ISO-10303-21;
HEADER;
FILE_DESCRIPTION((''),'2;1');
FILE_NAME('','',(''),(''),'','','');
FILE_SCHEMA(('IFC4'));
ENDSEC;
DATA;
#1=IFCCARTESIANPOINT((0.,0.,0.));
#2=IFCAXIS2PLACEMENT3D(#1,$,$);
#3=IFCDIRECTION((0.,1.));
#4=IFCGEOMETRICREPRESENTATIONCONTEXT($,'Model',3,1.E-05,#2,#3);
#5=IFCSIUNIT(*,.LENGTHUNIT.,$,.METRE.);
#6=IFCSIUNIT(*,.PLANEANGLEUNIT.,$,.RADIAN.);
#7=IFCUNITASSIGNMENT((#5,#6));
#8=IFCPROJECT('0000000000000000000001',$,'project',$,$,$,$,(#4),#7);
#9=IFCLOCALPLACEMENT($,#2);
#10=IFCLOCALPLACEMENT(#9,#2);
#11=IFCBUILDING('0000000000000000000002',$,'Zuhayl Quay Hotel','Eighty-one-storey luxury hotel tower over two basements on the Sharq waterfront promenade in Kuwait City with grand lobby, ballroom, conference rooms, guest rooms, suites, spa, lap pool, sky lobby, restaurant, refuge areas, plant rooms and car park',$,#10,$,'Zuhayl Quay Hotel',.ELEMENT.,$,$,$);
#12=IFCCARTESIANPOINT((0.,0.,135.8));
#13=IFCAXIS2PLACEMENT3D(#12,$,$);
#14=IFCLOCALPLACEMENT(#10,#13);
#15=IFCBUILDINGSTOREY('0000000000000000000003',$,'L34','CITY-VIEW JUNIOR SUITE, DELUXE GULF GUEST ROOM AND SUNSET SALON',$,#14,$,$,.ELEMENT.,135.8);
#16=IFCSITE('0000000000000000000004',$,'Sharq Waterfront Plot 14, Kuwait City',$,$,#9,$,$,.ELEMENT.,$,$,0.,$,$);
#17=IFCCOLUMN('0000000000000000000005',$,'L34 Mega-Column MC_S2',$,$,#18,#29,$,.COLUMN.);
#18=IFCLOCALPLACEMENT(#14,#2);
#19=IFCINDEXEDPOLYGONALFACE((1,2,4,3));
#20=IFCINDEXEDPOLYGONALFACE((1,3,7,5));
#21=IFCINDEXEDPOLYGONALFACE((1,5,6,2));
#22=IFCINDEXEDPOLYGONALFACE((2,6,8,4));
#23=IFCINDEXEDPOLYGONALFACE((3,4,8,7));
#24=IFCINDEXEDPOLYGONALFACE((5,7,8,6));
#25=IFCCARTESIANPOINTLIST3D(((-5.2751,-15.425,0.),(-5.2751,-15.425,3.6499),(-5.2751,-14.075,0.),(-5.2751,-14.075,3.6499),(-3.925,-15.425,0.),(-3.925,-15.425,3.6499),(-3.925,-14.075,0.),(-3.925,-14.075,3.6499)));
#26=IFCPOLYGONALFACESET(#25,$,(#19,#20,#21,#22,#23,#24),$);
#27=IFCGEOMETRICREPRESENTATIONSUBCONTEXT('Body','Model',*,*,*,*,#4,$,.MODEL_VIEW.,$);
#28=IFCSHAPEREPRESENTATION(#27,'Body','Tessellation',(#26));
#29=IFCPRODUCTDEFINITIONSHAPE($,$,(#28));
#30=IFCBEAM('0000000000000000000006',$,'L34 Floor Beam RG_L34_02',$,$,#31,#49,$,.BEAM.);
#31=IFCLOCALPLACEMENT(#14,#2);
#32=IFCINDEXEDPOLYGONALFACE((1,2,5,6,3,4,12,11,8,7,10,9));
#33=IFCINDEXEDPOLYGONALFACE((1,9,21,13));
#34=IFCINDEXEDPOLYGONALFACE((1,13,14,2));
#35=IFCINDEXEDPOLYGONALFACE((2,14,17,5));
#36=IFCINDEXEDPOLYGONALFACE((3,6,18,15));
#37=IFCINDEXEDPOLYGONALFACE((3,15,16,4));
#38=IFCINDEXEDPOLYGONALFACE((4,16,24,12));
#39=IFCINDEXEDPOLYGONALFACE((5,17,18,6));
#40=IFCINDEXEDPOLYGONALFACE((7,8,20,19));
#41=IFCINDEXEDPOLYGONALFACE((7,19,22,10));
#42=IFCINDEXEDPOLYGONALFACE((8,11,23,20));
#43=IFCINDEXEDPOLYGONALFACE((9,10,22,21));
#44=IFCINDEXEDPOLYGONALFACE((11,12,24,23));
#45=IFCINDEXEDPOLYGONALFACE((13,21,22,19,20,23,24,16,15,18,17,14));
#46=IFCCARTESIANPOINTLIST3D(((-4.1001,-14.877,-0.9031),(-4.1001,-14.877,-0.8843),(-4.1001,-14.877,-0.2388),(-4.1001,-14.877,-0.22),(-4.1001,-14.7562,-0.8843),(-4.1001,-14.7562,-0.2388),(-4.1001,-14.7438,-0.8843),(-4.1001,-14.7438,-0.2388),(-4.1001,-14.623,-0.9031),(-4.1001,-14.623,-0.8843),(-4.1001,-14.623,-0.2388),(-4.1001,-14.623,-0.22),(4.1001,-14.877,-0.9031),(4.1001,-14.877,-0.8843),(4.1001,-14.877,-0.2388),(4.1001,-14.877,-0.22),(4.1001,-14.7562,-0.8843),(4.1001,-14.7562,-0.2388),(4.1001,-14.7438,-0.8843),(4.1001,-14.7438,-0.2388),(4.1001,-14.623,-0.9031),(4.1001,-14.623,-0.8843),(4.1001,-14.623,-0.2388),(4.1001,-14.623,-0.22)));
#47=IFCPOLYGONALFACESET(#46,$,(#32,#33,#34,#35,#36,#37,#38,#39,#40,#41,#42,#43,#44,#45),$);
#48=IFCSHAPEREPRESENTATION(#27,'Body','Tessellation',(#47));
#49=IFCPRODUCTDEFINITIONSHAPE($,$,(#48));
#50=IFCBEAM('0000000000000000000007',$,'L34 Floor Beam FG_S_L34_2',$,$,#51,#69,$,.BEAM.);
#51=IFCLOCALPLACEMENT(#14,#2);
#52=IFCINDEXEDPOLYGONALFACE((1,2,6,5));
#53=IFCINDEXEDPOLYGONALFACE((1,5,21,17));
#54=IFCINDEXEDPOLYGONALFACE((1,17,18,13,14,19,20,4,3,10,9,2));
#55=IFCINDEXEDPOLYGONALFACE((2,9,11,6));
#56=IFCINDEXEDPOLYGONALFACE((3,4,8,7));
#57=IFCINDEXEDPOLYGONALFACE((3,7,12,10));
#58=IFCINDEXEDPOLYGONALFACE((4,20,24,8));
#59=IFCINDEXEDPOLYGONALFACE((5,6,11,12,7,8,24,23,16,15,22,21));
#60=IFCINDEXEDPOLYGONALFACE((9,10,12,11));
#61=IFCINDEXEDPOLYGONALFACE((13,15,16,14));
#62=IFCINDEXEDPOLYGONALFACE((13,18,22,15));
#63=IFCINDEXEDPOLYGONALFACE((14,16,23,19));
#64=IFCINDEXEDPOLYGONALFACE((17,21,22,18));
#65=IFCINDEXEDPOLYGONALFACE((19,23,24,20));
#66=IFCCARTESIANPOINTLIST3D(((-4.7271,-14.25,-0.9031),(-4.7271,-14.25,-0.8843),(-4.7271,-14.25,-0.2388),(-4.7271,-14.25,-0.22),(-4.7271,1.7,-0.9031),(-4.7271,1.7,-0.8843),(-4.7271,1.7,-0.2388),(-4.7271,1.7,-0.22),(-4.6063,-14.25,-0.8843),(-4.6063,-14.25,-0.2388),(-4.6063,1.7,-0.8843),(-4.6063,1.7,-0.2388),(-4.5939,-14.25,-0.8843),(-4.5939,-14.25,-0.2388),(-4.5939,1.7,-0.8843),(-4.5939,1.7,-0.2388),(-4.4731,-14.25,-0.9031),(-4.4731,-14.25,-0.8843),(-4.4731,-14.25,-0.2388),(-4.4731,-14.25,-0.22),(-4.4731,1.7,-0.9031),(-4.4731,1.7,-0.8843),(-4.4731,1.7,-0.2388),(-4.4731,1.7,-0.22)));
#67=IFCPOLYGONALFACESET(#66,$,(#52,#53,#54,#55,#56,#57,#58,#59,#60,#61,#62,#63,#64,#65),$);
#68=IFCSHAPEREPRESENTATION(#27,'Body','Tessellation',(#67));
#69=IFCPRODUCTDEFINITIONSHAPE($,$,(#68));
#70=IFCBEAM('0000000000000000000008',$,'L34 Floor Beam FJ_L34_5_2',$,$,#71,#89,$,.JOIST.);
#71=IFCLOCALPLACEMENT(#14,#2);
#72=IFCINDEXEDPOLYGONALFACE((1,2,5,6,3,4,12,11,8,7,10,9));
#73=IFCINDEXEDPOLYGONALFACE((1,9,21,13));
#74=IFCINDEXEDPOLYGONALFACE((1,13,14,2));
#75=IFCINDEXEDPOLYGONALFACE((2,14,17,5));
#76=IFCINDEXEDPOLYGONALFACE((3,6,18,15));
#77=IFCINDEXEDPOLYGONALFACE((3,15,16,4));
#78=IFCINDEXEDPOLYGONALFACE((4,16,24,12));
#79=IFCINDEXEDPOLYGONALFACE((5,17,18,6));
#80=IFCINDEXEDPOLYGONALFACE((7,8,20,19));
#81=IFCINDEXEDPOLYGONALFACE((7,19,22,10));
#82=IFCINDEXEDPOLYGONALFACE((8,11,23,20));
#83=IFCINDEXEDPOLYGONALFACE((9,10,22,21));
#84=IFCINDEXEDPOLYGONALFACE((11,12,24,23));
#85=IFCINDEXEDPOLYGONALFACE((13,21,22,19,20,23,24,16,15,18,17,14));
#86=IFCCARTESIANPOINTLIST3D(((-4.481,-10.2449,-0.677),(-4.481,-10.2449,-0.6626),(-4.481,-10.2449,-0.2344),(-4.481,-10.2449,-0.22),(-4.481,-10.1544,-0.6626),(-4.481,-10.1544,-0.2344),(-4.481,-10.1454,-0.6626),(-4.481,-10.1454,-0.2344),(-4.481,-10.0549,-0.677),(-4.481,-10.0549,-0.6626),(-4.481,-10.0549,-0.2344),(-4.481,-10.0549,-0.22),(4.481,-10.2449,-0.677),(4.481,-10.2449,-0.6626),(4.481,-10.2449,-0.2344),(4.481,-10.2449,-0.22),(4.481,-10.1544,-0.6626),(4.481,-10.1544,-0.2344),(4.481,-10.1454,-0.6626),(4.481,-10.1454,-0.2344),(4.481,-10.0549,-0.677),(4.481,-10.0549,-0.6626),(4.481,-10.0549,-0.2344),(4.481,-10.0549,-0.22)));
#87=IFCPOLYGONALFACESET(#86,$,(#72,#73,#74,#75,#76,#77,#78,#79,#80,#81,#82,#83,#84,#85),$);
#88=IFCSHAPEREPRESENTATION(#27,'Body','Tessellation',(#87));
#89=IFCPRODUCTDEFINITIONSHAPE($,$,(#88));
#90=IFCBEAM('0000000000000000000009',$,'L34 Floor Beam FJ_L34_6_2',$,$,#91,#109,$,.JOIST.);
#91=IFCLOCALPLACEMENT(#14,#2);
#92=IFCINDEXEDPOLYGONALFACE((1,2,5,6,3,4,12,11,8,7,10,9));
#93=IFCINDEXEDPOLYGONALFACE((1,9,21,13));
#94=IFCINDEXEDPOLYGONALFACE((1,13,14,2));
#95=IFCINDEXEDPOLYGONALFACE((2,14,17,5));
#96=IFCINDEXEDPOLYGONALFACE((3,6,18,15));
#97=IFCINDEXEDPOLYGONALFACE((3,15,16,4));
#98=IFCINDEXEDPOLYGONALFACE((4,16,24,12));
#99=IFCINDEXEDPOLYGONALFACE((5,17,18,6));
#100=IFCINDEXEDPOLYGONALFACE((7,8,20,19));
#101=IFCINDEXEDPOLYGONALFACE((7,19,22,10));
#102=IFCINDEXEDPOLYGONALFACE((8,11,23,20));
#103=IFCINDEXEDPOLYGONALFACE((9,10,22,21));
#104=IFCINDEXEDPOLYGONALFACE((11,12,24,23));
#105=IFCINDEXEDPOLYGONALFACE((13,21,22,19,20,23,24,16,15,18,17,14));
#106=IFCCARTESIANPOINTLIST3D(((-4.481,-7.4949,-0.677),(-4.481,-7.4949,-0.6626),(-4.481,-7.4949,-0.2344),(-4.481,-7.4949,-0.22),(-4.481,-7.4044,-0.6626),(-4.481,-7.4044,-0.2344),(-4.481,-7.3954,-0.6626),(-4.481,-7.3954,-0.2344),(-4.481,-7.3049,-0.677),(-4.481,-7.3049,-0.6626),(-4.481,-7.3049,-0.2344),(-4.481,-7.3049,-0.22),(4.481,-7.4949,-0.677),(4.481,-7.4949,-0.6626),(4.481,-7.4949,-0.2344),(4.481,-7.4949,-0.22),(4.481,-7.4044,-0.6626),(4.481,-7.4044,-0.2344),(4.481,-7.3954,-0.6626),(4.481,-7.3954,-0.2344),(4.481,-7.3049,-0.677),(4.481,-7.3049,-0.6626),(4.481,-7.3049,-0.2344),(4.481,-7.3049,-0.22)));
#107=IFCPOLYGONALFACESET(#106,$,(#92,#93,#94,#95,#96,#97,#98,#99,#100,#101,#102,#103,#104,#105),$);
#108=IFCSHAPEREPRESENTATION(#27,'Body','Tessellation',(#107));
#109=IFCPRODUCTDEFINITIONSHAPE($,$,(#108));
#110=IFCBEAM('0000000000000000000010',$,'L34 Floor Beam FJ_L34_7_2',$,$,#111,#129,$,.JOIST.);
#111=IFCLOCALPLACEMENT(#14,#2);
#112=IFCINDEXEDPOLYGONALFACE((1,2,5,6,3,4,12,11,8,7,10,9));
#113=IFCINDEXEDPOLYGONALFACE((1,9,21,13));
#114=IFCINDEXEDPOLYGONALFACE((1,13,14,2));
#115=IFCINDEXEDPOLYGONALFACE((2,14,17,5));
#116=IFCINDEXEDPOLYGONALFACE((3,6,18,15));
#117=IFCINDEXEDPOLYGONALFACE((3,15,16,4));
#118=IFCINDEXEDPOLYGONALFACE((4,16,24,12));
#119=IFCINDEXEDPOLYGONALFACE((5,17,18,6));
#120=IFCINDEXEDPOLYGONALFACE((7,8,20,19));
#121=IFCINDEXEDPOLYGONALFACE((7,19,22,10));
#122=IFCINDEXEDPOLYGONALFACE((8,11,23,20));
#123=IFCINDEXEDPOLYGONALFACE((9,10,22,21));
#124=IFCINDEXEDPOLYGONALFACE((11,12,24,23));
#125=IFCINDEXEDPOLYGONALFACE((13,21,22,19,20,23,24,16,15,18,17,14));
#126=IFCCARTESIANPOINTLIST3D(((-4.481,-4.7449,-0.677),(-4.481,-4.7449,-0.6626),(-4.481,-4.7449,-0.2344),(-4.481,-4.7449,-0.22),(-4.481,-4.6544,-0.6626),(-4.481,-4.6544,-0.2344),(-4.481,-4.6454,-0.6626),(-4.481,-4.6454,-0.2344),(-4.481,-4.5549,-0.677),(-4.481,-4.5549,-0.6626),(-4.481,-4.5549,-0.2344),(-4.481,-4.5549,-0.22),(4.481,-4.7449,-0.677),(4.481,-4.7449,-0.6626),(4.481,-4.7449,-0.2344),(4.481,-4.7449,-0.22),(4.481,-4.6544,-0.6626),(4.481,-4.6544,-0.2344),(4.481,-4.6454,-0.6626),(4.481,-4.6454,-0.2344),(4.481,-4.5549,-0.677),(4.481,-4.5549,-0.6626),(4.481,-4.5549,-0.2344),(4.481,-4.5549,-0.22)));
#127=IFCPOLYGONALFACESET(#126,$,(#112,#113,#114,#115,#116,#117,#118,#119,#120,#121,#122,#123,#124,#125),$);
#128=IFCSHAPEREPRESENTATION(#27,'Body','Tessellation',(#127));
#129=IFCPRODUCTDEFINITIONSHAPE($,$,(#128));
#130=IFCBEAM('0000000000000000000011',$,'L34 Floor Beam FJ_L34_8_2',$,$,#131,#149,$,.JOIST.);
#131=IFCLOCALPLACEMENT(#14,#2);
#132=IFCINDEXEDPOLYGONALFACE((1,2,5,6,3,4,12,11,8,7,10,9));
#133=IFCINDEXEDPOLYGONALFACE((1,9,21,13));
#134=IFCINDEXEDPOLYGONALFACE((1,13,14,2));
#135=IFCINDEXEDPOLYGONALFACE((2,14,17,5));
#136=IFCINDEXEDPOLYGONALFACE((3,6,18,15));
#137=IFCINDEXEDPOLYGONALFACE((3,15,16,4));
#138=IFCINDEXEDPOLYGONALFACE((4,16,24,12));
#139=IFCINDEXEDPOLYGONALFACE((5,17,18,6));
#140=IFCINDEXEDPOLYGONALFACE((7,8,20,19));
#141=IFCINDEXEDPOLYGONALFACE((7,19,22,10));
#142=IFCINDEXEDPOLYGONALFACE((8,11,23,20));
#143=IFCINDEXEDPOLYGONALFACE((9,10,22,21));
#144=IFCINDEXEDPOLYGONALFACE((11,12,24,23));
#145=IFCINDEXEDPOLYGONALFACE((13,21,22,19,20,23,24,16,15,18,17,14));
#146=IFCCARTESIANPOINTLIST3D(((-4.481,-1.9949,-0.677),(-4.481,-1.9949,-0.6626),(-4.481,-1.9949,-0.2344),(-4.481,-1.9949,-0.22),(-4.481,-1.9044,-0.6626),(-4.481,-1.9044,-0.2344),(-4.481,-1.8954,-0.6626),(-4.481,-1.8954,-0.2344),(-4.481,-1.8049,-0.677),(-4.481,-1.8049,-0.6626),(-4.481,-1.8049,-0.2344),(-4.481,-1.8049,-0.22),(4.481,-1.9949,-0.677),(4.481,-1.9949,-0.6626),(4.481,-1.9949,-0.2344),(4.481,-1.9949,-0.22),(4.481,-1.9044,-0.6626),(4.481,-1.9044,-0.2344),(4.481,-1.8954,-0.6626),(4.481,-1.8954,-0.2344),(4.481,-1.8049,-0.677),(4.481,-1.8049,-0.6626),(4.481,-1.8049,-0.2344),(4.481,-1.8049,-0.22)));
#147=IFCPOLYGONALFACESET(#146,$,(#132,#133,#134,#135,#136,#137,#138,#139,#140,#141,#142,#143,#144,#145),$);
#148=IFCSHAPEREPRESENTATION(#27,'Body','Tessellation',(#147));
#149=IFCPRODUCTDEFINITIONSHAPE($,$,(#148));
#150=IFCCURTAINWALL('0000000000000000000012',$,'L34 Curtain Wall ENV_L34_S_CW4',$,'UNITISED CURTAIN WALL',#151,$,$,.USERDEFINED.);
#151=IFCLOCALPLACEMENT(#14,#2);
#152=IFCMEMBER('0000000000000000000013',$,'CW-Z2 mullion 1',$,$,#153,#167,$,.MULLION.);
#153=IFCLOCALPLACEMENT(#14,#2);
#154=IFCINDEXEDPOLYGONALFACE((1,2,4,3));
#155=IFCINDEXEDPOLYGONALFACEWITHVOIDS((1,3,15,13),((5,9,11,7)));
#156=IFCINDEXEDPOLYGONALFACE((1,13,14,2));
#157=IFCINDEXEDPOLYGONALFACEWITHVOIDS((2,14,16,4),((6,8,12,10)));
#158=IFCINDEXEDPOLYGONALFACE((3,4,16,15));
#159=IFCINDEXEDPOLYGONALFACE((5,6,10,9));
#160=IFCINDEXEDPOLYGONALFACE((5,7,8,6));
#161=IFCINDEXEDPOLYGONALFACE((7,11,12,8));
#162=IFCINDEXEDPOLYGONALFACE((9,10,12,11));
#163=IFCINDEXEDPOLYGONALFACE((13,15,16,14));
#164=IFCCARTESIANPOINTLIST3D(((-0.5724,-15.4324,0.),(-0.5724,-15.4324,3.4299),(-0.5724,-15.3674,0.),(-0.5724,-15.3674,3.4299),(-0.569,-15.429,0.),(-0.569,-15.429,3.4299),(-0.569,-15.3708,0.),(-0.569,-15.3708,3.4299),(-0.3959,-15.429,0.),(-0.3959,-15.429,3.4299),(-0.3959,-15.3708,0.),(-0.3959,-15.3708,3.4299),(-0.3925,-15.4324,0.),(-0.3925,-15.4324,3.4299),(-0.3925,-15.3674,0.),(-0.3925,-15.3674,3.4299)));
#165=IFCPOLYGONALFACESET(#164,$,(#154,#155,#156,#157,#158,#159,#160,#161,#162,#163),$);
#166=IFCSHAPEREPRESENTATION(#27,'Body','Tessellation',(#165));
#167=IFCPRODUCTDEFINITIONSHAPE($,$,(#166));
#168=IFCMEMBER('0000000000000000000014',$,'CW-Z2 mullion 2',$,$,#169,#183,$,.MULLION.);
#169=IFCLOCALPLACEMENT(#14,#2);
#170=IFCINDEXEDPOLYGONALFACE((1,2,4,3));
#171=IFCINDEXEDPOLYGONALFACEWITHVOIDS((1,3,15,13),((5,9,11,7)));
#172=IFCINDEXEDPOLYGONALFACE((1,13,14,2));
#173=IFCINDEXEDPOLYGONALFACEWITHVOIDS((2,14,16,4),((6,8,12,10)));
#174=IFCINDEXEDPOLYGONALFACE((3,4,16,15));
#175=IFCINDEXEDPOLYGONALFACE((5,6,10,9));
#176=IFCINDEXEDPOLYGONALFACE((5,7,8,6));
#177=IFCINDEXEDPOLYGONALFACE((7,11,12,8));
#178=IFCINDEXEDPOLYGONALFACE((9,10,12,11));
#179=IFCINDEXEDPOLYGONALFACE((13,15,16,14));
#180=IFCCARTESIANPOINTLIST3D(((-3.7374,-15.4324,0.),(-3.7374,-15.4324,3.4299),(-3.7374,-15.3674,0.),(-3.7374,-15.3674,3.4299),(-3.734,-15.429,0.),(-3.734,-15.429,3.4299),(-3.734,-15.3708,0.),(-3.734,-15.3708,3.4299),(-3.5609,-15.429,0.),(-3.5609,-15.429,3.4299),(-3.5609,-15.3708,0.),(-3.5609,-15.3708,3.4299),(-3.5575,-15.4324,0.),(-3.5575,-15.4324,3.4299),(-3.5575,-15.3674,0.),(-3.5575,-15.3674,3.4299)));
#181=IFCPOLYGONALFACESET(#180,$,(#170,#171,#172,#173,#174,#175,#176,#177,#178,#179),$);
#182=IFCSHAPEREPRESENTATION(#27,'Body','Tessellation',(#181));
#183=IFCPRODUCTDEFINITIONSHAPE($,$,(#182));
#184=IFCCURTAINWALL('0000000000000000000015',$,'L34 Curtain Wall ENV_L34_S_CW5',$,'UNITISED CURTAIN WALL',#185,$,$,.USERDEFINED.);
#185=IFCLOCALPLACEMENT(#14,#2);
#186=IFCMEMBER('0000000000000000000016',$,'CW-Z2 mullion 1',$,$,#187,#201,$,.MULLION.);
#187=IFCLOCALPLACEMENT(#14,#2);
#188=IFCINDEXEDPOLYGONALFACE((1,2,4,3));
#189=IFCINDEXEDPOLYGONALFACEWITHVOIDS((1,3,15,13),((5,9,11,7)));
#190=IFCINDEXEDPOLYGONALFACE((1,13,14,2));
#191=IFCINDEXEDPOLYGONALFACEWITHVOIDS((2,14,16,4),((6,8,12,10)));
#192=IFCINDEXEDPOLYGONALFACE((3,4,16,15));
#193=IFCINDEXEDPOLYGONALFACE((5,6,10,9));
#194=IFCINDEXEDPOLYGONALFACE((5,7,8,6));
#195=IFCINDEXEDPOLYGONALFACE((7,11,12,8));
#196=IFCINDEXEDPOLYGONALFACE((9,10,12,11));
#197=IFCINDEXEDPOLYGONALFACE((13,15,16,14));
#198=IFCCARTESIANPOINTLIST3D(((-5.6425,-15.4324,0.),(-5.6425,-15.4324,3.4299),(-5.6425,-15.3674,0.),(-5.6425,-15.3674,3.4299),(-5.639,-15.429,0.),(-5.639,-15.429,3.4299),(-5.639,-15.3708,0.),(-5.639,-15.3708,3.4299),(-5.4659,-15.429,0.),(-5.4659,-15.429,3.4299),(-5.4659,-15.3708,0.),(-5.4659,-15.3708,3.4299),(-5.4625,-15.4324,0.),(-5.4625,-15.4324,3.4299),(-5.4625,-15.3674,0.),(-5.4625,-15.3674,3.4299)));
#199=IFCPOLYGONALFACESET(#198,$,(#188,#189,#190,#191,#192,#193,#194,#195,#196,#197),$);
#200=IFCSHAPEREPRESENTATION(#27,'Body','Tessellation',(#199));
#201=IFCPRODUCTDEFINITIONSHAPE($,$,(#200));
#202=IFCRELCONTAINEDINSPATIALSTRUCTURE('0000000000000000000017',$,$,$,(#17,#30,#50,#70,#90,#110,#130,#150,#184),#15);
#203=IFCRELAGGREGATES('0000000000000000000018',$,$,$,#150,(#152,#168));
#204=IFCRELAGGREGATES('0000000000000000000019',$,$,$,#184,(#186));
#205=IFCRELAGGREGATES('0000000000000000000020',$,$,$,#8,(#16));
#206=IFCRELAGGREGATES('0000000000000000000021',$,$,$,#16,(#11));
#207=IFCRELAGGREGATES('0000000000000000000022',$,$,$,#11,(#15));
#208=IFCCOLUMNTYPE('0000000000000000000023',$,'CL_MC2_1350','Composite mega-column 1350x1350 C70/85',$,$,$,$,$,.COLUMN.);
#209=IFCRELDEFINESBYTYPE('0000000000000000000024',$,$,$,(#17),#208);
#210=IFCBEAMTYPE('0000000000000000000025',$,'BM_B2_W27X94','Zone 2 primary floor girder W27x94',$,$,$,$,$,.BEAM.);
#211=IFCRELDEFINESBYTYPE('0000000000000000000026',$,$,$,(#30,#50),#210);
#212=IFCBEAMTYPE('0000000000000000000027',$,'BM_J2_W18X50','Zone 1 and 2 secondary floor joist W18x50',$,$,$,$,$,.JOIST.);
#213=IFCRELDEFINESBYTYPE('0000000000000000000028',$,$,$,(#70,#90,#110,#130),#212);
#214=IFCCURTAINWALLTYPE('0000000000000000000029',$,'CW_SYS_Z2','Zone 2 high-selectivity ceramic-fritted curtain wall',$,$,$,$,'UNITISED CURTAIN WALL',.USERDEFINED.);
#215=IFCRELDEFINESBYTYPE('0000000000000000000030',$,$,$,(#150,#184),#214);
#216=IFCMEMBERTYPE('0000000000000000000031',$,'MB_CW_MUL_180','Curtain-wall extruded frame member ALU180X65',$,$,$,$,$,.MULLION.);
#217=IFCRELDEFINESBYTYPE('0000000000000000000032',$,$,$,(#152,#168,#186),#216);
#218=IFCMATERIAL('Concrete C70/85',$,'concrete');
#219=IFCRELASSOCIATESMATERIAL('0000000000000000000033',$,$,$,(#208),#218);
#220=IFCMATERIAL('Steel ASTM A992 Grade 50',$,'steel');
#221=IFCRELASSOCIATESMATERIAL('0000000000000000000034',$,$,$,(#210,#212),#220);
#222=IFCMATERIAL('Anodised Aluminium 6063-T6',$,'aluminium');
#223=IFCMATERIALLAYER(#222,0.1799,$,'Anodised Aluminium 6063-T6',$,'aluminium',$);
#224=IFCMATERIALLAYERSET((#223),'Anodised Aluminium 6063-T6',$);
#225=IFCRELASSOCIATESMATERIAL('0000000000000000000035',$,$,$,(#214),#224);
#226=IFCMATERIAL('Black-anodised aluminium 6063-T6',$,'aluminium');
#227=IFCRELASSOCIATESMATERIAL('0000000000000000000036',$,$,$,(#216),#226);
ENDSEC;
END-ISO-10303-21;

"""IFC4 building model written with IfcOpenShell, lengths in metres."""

from ifc_helpers import new_model, si_unit, direction, frame, origin, origin_2d, place, context, subcontext, project, spatial, rectangle, hollow_rectangle, i_section, extrude, material, layer, layer_set, material_profile, profile_set, type_object, element, aggregate, save


model = new_model("IFC4")

# Units and contexts
model_context = context("Model", 3, precision=1e-05, world=origin(), true_north=direction((0.0, 1.0)))
body_context = subcontext(model_context, "Body", "Model", "MODEL_VIEW")
ifc_project = project(units=[si_unit("LENGTHUNIT", "METRE"), si_unit("PLANEANGLEUNIT", "RADIAN")], contexts=[model_context])

# Site, building, storey
site_placement = place(None, origin())
site = spatial("IfcSite", under=ifc_project, at=site_placement, Name="Sharq Waterfront Plot 14, Kuwait City", CompositionType="ELEMENT", RefElevation=0.0)
building_placement = place(site_placement, origin())
building = spatial("IfcBuilding", under=site, at=building_placement, Name="Zuhayl Quay Hotel", Description="Eighty-one-storey luxury hotel tower over two basements on the Sharq waterfront promenade in Kuwait City with grand lobby, ballroom, conference rooms, guest rooms, suites, spa, lap pool, sky lobby, restaurant, refuge areas, plant rooms and car park", LongName="Zuhayl Quay Hotel", CompositionType="ELEMENT")
storey_placement = place(building_placement, frame((0.0, 0.0, 135.8)))
storey = spatial("IfcBuildingStorey", under=building, at=storey_placement, Name="L34", Description="CITY-VIEW JUNIOR SUITE, DELUXE GULF GUEST ROOM AND SUNSET SALON", CompositionType="ELEMENT", Elevation=135.8)

# Column
ifc_material_1 = material(Name="Concrete C70/85", Category="concrete")
ifc_material_profile_1 = material_profile(ifc_material_1, rectangle(XDim=1.3501, YDim=1.3501, at=origin_2d()), Name="RC1350X1350")
ifc_profile_set_1 = profile_set([ifc_material_profile_1], Name="Concrete C70/85")
column_type = type_object("IfcColumnType", Name="CL_MC2_1350", Description="Composite mega-column 1350x1350 C70/85", PredefinedType="COLUMN", material=ifc_profile_set_1)
column_placement = place(storey_placement, frame((-4.6001, -14.75, 0.0), z_axis=(0.0, 0.0, 1.0), x_axis=(1.0, 0.0, 0.0)))
element("IfcColumn", 1, at=column_placement, inside=storey, type_object=column_type, Name="L34 Mega-Column MC_S2", PredefinedType="COLUMN", context=body_context, shape_type="SweptSolid", body=[
    extrude(rectangle(XDim=1.3501, YDim=1.3501, at=origin_2d()), origin(), (0.0, 0.0, 1.0), 3.6499),
])

# Beams
ifc_material_2 = material(Name="Steel ASTM A992 Grade 50", Category="steel")
ifc_material_profile_2 = material_profile(ifc_material_2, i_section(OverallWidth=0.2539, OverallDepth=0.6831, WebThickness=0.0125, FlangeThickness=0.0188, at=origin_2d()), Name="W27X94")
ifc_profile_set_2 = profile_set([ifc_material_profile_2], Name="Steel ASTM A992 Grade 50")
beam_type_1 = type_object("IfcBeamType", Name="BM_B2_W27X94", Description="Zone 2 primary floor girder W27x94", PredefinedType="BEAM", material=ifc_profile_set_2)
beam_1_placement = place(storey_placement, frame((-4.1001, -14.75, -0.5615), z_axis=(1.0, 0.0, 0.0), x_axis=(0.0, 1.0, 0.0)))
element("IfcBeam", 2, at=beam_1_placement, inside=storey, type_object=beam_type_1, Name="L34 Floor Beam RG_L34_02", PredefinedType="BEAM", context=body_context, shape_type="SweptSolid", body=[
    extrude(i_section(OverallWidth=0.2539, OverallDepth=0.6831, WebThickness=0.0125, FlangeThickness=0.0188, at=origin_2d()), origin(), (0.0, 0.0, 1.0), 8.2002),
])
beam_2_placement = place(storey_placement, frame((-4.6001, -14.25, -0.5615), z_axis=(0.0, 1.0, 0.0), x_axis=(-1.0, 0.0, 0.0)))
element("IfcBeam", 3, at=beam_2_placement, inside=storey, type_object=beam_type_1, Name="L34 Floor Beam FG_S_L34_2", PredefinedType="BEAM", context=body_context, shape_type="SweptSolid", body=[
    extrude(i_section(OverallWidth=0.2539, OverallDepth=0.6831, WebThickness=0.0125, FlangeThickness=0.0188, at=origin_2d()), origin(), (0.0, 0.0, 1.0), 15.95),
])
ifc_material_profile_3 = material_profile(ifc_material_2, i_section(OverallWidth=0.1899, OverallDepth=0.457, WebThickness=0.009, FlangeThickness=0.0144, at=origin_2d()), Name="W18X50")
ifc_profile_set_3 = profile_set([ifc_material_profile_3], Name="Steel ASTM A992 Grade 50")
beam_type_2 = type_object("IfcBeamType", Name="BM_J2_W18X50", Description="Zone 1 and 2 secondary floor joist W18x50", PredefinedType="JOIST", material=ifc_profile_set_3)
for number, where, z_axis, x_axis, name in (
    (4, (-4.481, -10.1499, -0.4485), (1.0, 0.0, 0.0), (0.0, 1.0, 0.0), "L34 Floor Beam FJ_L34_5_2"),
    (5, (-4.481, -7.3999, -0.4485), (1.0, 0.0, 0.0), (0.0, 1.0, 0.0), "L34 Floor Beam FJ_L34_6_2"),
    (6, (-4.481, -4.6499, -0.4485), (1.0, 0.0, 0.0), (0.0, 1.0, 0.0), "L34 Floor Beam FJ_L34_7_2"),
    (7, (-4.481, -1.8999, -0.4485), (1.0, 0.0, 0.0), (0.0, 1.0, 0.0), "L34 Floor Beam FJ_L34_8_2"),
):
    element("IfcBeam", number, at=place(storey_placement, frame(where, z_axis=z_axis, x_axis=x_axis)), inside=storey, type_object=beam_type_2, Name=name, PredefinedType="JOIST", context=body_context, shape_type="SweptSolid", body=[
        extrude(i_section(OverallWidth=0.1899, OverallDepth=0.457, WebThickness=0.009, FlangeThickness=0.0144, at=origin_2d()), origin(), (0.0, 0.0, 1.0), 8.9619),
    ])

# Curtain walls, members
ifc_material_3 = material(Name="Anodised Aluminium 6063-T6", Category="aluminium")
ifc_layer_1 = layer(ifc_material_3, 0.1799, Name="Anodised Aluminium 6063-T6", Category="aluminium")
ifc_layer_set_1 = layer_set([ifc_layer_1], Name="Anodised Aluminium 6063-T6")
curtain_wall_type = type_object("IfcCurtainWallType", Name="CW_SYS_Z2", Description="Zone 2 high-selectivity ceramic-fritted curtain wall", ElementType="UNITISED CURTAIN WALL", PredefinedType="USERDEFINED", material=ifc_layer_set_1)
curtain_wall_1_placement = place(storey_placement, origin())
curtain_wall_1 = element("IfcCurtainWall", 8, at=curtain_wall_1_placement, inside=storey, type_object=curtain_wall_type, Name="L34 Curtain Wall ENV_L34_S_CW4", ObjectType="UNITISED CURTAIN WALL", PredefinedType="USERDEFINED")
ifc_material_4 = material(Name="Black-anodised aluminium 6063-T6", Category="aluminium")
ifc_material_profile_4 = material_profile(ifc_material_4, hollow_rectangle(XDim=0.0649, YDim=0.1799, WallThickness=0.0034, at=origin_2d()), Name="ALU180X65")
ifc_profile_set_4 = profile_set([ifc_material_profile_4], Name="Black-anodised aluminium 6063-T6")
member_type_1 = type_object("IfcMemberType", Name="MB_CW_MUL_180", Description="Curtain-wall extruded frame member ALU180X65", PredefinedType="MULLION", material=ifc_profile_set_4)
member_1_placement = place(storey_placement, frame((-0.4824, -15.3999, 0.0), z_axis=(0.0, 0.0, 1.0), x_axis=(0.0, -1.0, 0.0)))
member_1 = element("IfcMember", 9, at=member_1_placement, type_object=member_type_1, Name="CW-Z2 mullion 1", PredefinedType="MULLION", context=body_context, shape_type="SweptSolid", body=[
    extrude(hollow_rectangle(XDim=0.0649, YDim=0.1799, WallThickness=0.0034, at=origin_2d()), origin(), (0.0, 0.0, 1.0), 3.4299),
])
member_2_placement = place(storey_placement, frame((-3.6475, -15.3999, 0.0), z_axis=(0.0, 0.0, 1.0), x_axis=(0.0, -1.0, 0.0)))
member_2 = element("IfcMember", 10, at=member_2_placement, type_object=member_type_1, Name="CW-Z2 mullion 2", PredefinedType="MULLION", context=body_context, shape_type="SweptSolid", body=[
    extrude(hollow_rectangle(XDim=0.0649, YDim=0.1799, WallThickness=0.0034, at=origin_2d()), origin(), (0.0, 0.0, 1.0), 3.4299),
])
curtain_wall_2_placement = place(storey_placement, origin())
curtain_wall_2 = element("IfcCurtainWall", 11, at=curtain_wall_2_placement, inside=storey, type_object=curtain_wall_type, Name="L34 Curtain Wall ENV_L34_S_CW5", ObjectType="UNITISED CURTAIN WALL", PredefinedType="USERDEFINED")
member_3_placement = place(storey_placement, frame((-5.5525, -15.3999, 0.0), z_axis=(0.0, 0.0, 1.0), x_axis=(0.0, -1.0, 0.0)))
member_3 = element("IfcMember", 12, at=member_3_placement, type_object=member_type_1, Name="CW-Z2 mullion 1", PredefinedType="MULLION", context=body_context, shape_type="SweptSolid", body=[
    extrude(hollow_rectangle(XDim=0.0649, YDim=0.1799, WallThickness=0.0034, at=origin_2d()), origin(), (0.0, 0.0, 1.0), 3.4299),
])

aggregate(curtain_wall_1, [member_1, member_2])
aggregate(curtain_wall_2, [member_3])

save(model, "model.ifc")
